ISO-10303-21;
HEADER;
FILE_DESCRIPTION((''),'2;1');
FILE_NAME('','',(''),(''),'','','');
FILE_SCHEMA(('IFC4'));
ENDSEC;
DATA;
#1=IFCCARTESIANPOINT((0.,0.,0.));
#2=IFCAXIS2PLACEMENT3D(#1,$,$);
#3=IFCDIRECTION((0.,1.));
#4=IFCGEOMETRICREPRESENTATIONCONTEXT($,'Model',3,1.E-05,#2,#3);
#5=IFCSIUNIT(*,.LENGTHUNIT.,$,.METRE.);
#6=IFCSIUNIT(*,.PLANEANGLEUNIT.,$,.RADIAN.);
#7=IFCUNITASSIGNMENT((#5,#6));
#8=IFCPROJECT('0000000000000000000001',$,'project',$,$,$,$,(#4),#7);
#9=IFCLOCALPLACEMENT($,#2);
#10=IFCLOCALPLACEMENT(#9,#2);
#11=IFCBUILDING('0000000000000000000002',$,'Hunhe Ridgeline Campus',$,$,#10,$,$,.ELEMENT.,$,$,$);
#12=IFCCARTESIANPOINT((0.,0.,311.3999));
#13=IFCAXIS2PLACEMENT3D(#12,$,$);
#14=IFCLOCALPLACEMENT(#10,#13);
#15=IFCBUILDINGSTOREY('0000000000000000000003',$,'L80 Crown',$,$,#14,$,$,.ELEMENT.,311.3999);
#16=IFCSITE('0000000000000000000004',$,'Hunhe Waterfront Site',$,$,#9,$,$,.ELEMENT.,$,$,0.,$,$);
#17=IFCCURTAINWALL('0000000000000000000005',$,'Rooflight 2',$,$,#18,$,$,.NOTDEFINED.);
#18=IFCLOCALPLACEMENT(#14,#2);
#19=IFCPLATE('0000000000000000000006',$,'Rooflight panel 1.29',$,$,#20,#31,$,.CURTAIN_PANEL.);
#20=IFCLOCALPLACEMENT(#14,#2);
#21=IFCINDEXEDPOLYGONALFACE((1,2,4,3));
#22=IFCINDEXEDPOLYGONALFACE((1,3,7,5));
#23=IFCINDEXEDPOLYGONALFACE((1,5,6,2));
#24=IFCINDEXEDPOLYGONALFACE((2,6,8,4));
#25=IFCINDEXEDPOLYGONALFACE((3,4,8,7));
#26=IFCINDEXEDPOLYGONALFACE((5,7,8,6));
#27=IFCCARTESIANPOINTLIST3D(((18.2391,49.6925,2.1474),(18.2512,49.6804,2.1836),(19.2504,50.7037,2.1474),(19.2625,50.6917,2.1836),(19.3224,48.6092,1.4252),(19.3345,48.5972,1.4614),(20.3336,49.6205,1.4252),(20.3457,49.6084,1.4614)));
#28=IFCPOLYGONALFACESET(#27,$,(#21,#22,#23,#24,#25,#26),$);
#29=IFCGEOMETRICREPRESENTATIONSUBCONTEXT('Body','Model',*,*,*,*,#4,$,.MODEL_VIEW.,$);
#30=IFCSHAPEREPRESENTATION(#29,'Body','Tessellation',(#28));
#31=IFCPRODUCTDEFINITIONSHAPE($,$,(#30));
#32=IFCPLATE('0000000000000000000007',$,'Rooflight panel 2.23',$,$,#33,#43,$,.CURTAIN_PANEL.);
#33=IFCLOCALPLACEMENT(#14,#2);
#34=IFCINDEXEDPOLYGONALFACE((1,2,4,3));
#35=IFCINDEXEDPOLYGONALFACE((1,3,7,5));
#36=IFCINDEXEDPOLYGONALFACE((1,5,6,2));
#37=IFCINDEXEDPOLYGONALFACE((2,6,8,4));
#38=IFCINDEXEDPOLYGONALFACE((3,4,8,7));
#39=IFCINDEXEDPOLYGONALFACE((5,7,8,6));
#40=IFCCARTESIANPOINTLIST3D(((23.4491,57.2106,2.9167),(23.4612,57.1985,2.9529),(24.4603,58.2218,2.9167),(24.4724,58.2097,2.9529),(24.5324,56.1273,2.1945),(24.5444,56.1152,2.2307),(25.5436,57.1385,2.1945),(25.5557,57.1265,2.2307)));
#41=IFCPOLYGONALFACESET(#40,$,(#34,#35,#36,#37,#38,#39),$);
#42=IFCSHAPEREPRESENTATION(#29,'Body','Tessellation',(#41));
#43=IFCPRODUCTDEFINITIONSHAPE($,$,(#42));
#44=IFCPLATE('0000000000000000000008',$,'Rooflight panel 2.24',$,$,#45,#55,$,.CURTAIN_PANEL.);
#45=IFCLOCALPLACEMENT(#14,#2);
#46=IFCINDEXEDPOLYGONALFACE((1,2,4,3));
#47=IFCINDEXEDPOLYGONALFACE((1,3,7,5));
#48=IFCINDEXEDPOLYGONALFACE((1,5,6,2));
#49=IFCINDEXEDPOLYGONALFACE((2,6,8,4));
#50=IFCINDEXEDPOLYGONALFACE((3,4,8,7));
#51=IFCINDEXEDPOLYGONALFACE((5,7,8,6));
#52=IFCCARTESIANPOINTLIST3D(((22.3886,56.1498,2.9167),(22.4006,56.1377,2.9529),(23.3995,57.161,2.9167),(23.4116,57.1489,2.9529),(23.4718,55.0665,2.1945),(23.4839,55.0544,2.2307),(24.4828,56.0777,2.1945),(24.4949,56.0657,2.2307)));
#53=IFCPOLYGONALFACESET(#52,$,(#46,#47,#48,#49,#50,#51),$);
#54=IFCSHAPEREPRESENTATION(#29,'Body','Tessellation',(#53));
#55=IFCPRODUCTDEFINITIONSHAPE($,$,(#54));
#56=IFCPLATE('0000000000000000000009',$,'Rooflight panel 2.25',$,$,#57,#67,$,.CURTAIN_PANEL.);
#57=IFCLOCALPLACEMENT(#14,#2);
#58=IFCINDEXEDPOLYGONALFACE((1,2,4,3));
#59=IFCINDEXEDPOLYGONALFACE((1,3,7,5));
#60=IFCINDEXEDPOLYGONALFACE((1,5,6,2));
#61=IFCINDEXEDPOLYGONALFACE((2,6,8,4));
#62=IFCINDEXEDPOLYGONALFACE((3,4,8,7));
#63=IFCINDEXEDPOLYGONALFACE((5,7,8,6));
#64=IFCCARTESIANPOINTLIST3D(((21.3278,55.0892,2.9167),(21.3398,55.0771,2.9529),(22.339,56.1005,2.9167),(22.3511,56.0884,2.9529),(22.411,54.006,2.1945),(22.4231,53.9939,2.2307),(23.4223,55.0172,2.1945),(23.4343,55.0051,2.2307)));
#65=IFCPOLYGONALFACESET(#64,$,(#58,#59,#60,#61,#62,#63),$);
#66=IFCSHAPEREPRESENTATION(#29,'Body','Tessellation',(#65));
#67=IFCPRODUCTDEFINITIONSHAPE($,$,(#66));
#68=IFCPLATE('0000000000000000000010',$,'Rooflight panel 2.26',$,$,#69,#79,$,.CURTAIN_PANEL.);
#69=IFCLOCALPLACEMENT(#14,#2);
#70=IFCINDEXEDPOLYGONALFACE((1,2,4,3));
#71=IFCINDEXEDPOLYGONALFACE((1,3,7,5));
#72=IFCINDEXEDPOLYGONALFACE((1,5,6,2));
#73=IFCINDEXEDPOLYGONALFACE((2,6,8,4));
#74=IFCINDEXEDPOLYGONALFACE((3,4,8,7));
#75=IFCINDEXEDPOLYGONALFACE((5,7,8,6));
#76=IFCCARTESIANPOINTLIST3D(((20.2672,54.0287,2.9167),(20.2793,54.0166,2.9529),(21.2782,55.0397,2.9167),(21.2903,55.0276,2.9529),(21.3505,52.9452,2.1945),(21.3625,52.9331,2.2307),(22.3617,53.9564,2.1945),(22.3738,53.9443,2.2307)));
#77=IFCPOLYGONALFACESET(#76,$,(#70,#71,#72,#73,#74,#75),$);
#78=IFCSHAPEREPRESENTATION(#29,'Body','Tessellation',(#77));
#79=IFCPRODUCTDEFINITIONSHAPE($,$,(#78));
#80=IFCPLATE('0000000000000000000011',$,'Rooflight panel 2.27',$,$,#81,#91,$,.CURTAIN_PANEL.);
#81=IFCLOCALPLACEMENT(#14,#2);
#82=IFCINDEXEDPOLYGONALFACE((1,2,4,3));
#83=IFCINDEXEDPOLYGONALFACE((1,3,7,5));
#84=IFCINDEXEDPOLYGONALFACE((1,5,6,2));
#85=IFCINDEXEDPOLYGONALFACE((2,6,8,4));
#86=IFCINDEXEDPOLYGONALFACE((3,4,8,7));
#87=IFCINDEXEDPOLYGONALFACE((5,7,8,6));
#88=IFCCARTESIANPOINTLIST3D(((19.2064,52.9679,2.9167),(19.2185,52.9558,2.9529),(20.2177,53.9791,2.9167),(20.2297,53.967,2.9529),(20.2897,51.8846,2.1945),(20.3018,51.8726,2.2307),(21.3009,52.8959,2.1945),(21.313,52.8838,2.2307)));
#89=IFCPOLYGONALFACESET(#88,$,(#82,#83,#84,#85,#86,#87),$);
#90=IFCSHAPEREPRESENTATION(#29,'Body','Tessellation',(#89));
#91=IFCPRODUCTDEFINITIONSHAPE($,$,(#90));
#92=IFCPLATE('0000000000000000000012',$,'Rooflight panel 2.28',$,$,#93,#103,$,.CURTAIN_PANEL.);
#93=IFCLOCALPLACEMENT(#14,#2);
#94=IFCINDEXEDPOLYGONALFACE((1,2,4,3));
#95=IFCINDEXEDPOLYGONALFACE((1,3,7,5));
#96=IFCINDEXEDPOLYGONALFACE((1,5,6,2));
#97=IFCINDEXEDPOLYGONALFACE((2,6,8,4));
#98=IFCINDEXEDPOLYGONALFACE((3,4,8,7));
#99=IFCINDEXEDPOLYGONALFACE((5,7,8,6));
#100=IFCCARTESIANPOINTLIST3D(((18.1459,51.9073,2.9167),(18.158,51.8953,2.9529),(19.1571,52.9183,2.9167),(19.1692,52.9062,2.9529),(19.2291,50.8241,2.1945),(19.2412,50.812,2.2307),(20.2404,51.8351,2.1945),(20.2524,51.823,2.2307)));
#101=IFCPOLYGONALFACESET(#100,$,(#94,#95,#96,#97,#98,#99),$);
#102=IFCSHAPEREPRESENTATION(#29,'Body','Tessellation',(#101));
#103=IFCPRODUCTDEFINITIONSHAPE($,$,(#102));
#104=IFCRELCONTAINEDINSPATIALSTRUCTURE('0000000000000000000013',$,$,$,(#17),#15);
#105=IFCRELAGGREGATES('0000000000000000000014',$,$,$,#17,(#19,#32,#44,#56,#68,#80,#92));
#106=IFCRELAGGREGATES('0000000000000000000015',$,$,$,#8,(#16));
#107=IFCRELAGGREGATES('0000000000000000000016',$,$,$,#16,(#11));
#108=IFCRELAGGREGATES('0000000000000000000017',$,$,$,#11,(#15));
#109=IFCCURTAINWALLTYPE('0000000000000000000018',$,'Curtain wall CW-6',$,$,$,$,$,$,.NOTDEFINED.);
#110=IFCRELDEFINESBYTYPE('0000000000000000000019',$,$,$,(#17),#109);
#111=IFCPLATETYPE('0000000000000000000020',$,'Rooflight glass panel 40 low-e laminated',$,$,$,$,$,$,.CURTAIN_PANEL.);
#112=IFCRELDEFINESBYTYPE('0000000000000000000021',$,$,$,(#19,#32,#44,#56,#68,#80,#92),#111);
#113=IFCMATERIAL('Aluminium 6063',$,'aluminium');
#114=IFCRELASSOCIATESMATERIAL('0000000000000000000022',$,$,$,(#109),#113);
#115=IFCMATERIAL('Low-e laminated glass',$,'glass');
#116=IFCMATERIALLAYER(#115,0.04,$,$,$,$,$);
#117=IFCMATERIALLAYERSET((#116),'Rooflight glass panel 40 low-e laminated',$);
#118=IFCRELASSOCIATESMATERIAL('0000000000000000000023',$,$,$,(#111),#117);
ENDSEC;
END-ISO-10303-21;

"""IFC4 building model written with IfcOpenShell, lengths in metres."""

from ifc_helpers import new_model, si_unit, direction, frame, origin, place, context, subcontext, project, spatial, polyline, outline, extrude, material, layer, layer_set, type_object, element, aggregate, save


model = new_model("IFC4")

# Units and contexts
model_context = context("Model", 3, precision=1e-05, world=origin(), true_north=direction((0.0, 1.0)))
body_context = subcontext(model_context, "Body", "Model", "MODEL_VIEW")
ifc_project = project(units=[si_unit("LENGTHUNIT", "METRE"), si_unit("PLANEANGLEUNIT", "RADIAN")], contexts=[model_context])

# Site, building, storey
site_placement = place(None, origin())
site = spatial("IfcSite", under=ifc_project, at=site_placement, Name="Hunhe Waterfront Site", CompositionType="ELEMENT", RefElevation=0.0)
building_placement = place(site_placement, origin())
building = spatial("IfcBuilding", under=site, at=building_placement, Name="Hunhe Ridgeline Campus", CompositionType="ELEMENT")
storey_placement = place(building_placement, frame((0.0, 0.0, 311.3999)))
storey = spatial("IfcBuildingStorey", under=building, at=storey_placement, Name="L80 Crown", CompositionType="ELEMENT", Elevation=311.3999)

# Curtain wall, plates
ifc_material_1 = material(Name="Aluminium 6063", Category="aluminium")
curtain_wall_type = type_object("IfcCurtainWallType", Name="Curtain wall CW-6", PredefinedType="NOTDEFINED", material=ifc_material_1)
curtain_wall_placement = place(storey_placement, origin())
curtain_wall = element("IfcCurtainWall", 1, at=curtain_wall_placement, inside=storey, type_object=curtain_wall_type, Name="Rooflight 2", PredefinedType="NOTDEFINED")
ifc_material_2 = material(Name="Low-e laminated glass", Category="glass")
ifc_layer = layer(ifc_material_2, 0.04)
ifc_layer_set = layer_set([ifc_layer], Name="Rooflight glass panel 40 low-e laminated")
plate_type = type_object("IfcPlateType", Name="Rooflight glass panel 40 low-e laminated", PredefinedType="CURTAIN_PANEL", material=ifc_layer_set)
plate_1_placement = place(storey_placement, frame((20.3457, 49.6084, 1.4614), z_axis=(0.301511, -0.301511, 0.904534), x_axis=(-0.639602, 0.639602, 0.426401)))
plate_1 = element("IfcPlate", 2, at=plate_1_placement, type_object=plate_type, Name="Rooflight panel 1.29", PredefinedType="CURTAIN_PANEL", context=body_context, shape_type="SweptSolid", body=[
    extrude(outline(polyline([(0.0, 0.0), (1.6936, 0.0), (1.6936, 1.4301), (0.0, 1.4301), (0.0, 0.0)])), origin(), (0.0, 0.0, -1.0), 0.04),
])
plate_2_placement = place(storey_placement, frame((25.5557, 57.1265, 2.2307), z_axis=(0.301511, -0.301511, 0.904534), x_axis=(-0.639602, 0.639602, 0.426401)))
plate_2 = element("IfcPlate", 3, at=plate_2_placement, type_object=plate_type, Name="Rooflight panel 2.23", PredefinedType="CURTAIN_PANEL", context=body_context, shape_type="SweptSolid", body=[
    extrude(outline(polyline([(0.0, 0.0), (1.6936, 0.0), (1.6936, 1.4301), (0.0, 1.4301), (0.0, 0.0)])), origin(), (0.0, 0.0, -1.0), 0.04),
])
plate_3_placement = place(storey_placement, frame((24.4949, 56.0657, 2.2307), z_axis=(0.301548, -0.301475, 0.904534), x_axis=(-0.639602, 0.639602, 0.426401)))
plate_3 = element("IfcPlate", 4, at=plate_3_placement, type_object=plate_type, Name="Rooflight panel 2.24", PredefinedType="CURTAIN_PANEL", context=body_context, shape_type="SweptSolid", body=[
    extrude(outline(polyline([(0.0, 0.0), (1.6936, 0.0), (1.6935, 1.4299), (-0.0002, 1.4299), (0.0, 0.0)])), origin(), (0.0, 0.0, -1.0), 0.04),
])
plate_4_placement = place(storey_placement, frame((23.4343, 55.0051, 2.2307), z_axis=(0.301511, -0.301511, 0.904534), x_axis=(-0.639602, 0.639602, 0.426401)))
plate_4 = element("IfcPlate", 5, at=plate_4_placement, type_object=plate_type, Name="Rooflight panel 2.25", PredefinedType="CURTAIN_PANEL", context=body_context, shape_type="SweptSolid", body=[
    extrude(outline(polyline([(0.0, 0.0), (1.6936, 0.0), (1.6936, 1.4301), (0.0, 1.4301), (0.0, 0.0)])), origin(), (0.0, 0.0, -1.0), 0.04),
])
plate_5_placement = place(storey_placement, frame((22.3738, 53.9443, 2.2307), z_axis=(0.301484, -0.301484, 0.904553), x_axis=(-0.639687, 0.639543, 0.426362)))
plate_5 = element("IfcPlate", 6, at=plate_5_placement, type_object=plate_type, Name="Rooflight panel 2.26", PredefinedType="CURTAIN_PANEL", context=body_context, shape_type="SweptSolid", body=[
    extrude(outline(polyline([(0.0, 0.0), (1.6938, 0.0), (1.6939, 1.4298), (0.0001, 1.4301), (0.0, 0.0)])), origin(), (0.0, 0.0, -1.0), 0.04),
])
plate_6_placement = place(storey_placement, frame((21.313, 52.8838, 2.2307), z_axis=(0.301511, -0.301511, 0.904534), x_axis=(-0.639602, 0.639602, 0.426401)))
plate_6 = element("IfcPlate", 7, at=plate_6_placement, type_object=plate_type, Name="Rooflight panel 2.27", PredefinedType="CURTAIN_PANEL", context=body_context, shape_type="SweptSolid", body=[
    extrude(outline(polyline([(0.0, 0.0), (1.6936, 0.0), (1.6936, 1.4301), (0.0, 1.4301), (0.0, 0.0)])), origin(), (0.0, 0.0, -1.0), 0.04),
])
plate_7_placement = place(storey_placement, frame((20.2524, 51.823, 2.2307), z_axis=(0.301475, -0.301548, 0.904534), x_axis=(-0.639602, 0.639602, 0.426401)))
plate_7 = element("IfcPlate", 8, at=plate_7_placement, type_object=plate_type, Name="Rooflight panel 2.28", PredefinedType="CURTAIN_PANEL", context=body_context, shape_type="SweptSolid", body=[
    extrude(outline(polyline([(0.0, 0.0), (1.6936, 0.0), (1.6938, 1.4299), (0.0002, 1.4299), (0.0, 0.0)])), origin(), (0.0, 0.0, -1.0), 0.04),
])
aggregate(curtain_wall, [plate_1, plate_2, plate_3, plate_4, plate_5, plate_6, plate_7])

save(model, "model.ifc")
